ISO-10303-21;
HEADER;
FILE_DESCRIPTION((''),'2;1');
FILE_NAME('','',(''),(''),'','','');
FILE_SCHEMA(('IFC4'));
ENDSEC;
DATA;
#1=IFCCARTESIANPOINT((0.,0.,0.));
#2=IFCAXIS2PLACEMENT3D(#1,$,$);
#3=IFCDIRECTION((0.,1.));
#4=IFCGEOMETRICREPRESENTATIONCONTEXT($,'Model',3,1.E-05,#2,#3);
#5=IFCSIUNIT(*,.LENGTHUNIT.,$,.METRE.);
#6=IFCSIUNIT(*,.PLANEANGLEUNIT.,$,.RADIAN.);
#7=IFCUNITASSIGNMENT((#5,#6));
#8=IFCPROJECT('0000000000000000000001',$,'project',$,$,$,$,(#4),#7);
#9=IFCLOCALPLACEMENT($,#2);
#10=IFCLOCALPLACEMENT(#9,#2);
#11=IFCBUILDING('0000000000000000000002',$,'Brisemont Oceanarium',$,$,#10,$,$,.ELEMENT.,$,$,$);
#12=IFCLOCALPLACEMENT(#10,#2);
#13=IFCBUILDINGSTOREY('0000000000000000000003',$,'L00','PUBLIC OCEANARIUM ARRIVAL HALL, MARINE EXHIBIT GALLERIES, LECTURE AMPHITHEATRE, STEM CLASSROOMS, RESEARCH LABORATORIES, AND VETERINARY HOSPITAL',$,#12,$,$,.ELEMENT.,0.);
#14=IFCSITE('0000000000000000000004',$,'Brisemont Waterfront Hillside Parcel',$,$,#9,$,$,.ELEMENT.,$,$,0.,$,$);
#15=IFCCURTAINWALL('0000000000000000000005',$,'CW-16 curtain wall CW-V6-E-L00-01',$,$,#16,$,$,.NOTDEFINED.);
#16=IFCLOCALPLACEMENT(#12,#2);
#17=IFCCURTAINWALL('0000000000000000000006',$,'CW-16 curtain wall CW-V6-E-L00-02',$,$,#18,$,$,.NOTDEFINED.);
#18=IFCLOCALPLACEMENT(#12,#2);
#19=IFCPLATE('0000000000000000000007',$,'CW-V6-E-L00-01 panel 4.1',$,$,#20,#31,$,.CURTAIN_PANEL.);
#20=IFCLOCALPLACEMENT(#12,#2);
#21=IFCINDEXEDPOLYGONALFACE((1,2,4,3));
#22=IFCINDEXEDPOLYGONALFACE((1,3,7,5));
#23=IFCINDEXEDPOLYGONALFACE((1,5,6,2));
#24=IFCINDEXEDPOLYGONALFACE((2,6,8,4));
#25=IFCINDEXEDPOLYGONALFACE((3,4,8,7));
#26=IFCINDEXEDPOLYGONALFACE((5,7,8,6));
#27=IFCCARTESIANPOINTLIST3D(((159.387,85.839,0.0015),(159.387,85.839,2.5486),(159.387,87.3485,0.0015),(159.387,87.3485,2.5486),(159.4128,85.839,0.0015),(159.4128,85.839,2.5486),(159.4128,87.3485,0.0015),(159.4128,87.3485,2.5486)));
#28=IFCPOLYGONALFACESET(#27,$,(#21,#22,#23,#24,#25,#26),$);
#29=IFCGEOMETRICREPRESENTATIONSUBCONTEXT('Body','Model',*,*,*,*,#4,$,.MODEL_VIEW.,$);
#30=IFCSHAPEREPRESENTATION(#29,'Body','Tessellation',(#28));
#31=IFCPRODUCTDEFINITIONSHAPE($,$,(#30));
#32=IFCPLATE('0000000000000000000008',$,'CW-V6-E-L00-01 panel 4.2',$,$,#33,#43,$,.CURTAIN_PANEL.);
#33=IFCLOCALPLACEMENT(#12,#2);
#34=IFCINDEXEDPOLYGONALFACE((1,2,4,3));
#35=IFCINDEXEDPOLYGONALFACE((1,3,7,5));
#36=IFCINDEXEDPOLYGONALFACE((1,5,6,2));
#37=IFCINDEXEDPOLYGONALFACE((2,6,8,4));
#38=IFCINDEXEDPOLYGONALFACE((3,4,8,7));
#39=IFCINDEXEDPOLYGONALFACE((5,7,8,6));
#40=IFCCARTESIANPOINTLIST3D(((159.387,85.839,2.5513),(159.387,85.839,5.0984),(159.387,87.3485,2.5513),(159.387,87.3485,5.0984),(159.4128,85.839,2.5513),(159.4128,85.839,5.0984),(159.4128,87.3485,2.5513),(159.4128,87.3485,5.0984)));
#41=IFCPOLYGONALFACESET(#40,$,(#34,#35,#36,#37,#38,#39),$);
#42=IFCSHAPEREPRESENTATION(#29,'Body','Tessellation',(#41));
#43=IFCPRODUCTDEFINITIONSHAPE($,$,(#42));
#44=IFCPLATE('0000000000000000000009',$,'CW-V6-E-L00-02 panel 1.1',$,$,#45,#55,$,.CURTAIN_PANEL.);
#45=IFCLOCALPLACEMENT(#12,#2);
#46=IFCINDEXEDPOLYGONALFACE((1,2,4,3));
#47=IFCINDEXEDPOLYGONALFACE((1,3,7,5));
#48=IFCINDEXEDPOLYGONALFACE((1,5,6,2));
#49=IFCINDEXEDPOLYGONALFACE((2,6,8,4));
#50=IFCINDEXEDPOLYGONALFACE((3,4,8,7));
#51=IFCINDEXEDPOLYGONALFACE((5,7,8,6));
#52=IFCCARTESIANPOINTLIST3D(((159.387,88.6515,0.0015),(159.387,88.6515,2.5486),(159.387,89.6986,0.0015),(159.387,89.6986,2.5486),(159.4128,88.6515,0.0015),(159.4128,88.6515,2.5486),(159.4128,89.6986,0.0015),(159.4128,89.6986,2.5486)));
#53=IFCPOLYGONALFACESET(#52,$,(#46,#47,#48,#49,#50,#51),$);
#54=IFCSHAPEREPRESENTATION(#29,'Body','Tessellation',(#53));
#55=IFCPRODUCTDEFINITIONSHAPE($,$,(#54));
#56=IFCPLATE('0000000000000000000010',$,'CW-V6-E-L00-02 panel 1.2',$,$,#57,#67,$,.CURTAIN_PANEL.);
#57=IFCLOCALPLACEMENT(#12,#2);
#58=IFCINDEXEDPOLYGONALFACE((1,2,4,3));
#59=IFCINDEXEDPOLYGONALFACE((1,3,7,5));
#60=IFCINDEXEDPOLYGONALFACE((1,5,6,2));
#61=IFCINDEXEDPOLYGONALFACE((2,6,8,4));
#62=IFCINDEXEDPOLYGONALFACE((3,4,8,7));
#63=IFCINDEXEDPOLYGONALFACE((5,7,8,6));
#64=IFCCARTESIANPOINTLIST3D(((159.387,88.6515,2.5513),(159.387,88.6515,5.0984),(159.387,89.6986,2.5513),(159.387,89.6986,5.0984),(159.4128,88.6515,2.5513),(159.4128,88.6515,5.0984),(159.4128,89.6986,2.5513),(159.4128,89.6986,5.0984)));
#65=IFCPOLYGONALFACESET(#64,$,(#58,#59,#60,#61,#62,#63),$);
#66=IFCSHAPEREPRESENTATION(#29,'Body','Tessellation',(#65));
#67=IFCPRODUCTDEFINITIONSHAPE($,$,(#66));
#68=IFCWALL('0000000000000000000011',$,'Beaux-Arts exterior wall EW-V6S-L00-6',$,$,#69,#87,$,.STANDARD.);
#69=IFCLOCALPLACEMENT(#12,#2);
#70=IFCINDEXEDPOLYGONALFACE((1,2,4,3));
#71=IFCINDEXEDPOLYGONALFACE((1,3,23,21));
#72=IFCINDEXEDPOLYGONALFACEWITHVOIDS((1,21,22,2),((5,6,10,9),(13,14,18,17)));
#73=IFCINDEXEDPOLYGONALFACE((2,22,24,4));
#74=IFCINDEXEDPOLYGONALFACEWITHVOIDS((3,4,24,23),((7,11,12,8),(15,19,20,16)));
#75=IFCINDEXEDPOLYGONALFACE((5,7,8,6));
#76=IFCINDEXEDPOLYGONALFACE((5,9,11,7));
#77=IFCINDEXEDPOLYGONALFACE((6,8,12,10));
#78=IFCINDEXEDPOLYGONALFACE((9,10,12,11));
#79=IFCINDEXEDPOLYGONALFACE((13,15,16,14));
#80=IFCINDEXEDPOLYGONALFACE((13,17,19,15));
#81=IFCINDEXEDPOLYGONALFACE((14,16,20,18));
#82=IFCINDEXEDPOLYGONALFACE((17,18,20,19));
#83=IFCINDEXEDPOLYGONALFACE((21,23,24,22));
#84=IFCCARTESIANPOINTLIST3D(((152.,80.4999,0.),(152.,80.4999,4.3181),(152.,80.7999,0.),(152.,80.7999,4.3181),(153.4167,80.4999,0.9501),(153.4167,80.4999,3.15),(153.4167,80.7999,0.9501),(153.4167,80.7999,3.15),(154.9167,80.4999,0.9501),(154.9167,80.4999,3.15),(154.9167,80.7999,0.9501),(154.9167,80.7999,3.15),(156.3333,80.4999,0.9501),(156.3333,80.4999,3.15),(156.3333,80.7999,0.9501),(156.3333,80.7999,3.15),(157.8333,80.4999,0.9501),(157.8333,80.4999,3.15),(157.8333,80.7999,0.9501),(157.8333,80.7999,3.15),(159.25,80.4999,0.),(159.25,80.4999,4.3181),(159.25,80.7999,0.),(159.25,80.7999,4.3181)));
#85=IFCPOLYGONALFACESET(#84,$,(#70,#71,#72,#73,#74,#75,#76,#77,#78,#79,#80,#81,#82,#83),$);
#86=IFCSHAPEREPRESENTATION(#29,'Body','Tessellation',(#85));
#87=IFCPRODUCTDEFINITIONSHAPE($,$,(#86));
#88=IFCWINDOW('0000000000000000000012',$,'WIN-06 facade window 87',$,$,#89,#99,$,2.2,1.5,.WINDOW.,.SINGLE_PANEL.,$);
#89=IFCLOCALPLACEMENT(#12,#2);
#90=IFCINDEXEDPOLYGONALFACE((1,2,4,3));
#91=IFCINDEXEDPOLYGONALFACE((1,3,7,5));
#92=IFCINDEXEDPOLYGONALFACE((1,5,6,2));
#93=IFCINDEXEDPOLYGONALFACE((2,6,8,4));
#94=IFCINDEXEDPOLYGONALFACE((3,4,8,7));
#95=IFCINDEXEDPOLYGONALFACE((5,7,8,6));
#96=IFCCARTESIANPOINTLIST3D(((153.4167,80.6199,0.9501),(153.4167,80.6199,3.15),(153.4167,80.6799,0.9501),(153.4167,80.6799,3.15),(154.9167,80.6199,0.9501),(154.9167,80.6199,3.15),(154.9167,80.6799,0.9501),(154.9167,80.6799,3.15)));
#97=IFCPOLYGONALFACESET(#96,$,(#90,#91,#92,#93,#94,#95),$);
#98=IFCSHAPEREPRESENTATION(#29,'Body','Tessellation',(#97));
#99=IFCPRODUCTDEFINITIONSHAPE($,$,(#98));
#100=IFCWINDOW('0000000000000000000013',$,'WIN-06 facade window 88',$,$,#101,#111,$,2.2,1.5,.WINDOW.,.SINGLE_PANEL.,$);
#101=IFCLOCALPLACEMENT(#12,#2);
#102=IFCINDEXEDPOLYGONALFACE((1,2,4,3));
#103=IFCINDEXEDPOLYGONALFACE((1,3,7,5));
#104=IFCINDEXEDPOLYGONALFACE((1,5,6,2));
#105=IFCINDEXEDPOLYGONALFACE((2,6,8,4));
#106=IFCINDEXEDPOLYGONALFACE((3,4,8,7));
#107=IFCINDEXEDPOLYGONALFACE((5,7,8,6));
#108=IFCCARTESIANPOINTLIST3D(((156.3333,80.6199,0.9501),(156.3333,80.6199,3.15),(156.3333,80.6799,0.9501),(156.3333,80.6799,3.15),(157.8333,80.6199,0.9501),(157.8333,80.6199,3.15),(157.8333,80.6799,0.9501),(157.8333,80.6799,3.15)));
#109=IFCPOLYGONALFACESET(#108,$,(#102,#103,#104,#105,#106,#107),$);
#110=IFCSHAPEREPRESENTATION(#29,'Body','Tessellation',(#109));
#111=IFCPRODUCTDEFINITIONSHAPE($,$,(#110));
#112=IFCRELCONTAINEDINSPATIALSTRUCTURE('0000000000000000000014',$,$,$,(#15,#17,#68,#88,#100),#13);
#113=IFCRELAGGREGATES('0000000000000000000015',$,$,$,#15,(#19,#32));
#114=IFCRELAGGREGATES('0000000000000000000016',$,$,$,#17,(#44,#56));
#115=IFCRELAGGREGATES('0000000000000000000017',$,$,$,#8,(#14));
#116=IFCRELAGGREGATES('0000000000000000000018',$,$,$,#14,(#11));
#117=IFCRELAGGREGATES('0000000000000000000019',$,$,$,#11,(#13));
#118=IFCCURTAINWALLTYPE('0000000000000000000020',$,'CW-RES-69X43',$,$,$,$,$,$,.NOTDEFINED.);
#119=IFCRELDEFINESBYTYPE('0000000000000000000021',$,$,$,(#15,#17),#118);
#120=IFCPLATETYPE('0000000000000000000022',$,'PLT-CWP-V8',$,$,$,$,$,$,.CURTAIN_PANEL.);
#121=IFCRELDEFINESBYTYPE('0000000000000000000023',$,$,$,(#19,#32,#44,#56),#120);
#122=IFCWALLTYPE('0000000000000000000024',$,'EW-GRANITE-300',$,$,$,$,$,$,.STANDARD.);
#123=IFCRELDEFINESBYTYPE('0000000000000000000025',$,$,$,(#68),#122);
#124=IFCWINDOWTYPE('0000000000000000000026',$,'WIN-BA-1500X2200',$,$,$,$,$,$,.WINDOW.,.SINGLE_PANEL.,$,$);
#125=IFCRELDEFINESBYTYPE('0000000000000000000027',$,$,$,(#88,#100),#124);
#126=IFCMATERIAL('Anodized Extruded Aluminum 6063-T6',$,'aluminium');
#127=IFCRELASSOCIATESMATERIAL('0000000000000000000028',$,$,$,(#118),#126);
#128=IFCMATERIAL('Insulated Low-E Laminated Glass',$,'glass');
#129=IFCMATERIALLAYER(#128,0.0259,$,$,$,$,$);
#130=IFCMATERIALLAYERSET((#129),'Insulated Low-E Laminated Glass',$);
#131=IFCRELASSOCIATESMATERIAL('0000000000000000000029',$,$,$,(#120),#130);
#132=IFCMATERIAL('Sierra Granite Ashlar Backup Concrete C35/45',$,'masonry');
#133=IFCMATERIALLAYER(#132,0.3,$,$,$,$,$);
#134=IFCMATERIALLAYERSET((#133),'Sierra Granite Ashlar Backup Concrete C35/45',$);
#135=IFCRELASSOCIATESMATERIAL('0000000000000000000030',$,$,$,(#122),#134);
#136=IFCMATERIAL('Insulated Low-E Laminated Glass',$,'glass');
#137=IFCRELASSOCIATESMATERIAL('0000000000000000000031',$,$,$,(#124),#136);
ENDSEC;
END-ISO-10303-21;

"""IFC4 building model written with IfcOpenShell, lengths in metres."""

from ifc_helpers import new_model, si_unit, direction, frame, frame_2d, origin, origin_2d, place, context, subcontext, project, spatial, rectangle, extrude, material, layer, layer_set, type_object, element, fill, aggregate, save


model = new_model("IFC4")

# Units and contexts
model_context = context("Model", 3, precision=1e-05, world=origin(), true_north=direction((0.0, 1.0)))
body_context = subcontext(model_context, "Body", "Model", "MODEL_VIEW")
ifc_project = project(units=[si_unit("LENGTHUNIT", "METRE"), si_unit("PLANEANGLEUNIT", "RADIAN")], contexts=[model_context])

# Site, building, storey
site_placement = place(None, origin())
site = spatial("IfcSite", under=ifc_project, at=site_placement, Name="Brisemont Waterfront Hillside Parcel", CompositionType="ELEMENT", RefElevation=0.0)
building_placement = place(site_placement, origin())
building = spatial("IfcBuilding", under=site, at=building_placement, Name="Brisemont Oceanarium", CompositionType="ELEMENT")
storey_placement = place(building_placement, origin())
storey = spatial("IfcBuildingStorey", under=building, at=storey_placement, Name="L00", Description="PUBLIC OCEANARIUM ARRIVAL HALL, MARINE EXHIBIT GALLERIES, LECTURE AMPHITHEATRE, STEM CLASSROOMS, RESEARCH LABORATORIES, AND VETERINARY HOSPITAL", CompositionType="ELEMENT", Elevation=0.0)

# Curtain wall
ifc_material_1 = material(Name="Anodized Extruded Aluminum 6063-T6", Category="aluminium")
curtain_wall_type = type_object("IfcCurtainWallType", Name="CW-RES-69X43", PredefinedType="NOTDEFINED", material=ifc_material_1)
curtain_wall_1_placement = place(storey_placement, origin())
curtain_wall_1 = element("IfcCurtainWall", 1, at=curtain_wall_1_placement, inside=storey, type_object=curtain_wall_type, Name="CW-16 curtain wall CW-V6-E-L00-01", PredefinedType="NOTDEFINED")

# Curtain wall
curtain_wall_2_placement = place(storey_placement, origin())
curtain_wall_2 = element("IfcCurtainWall", 2, at=curtain_wall_2_placement, inside=storey, type_object=curtain_wall_type, Name="CW-16 curtain wall CW-V6-E-L00-02", PredefinedType="NOTDEFINED")

# Plates
ifc_material_2 = material(Name="Insulated Low-E Laminated Glass", Category="glass")
ifc_layer_1 = layer(ifc_material_2, 0.0259)
ifc_layer_set_1 = layer_set([ifc_layer_1], Name="Insulated Low-E Laminated Glass")
plate_type = type_object("IfcPlateType", Name="PLT-CWP-V8", PredefinedType="CURTAIN_PANEL", material=ifc_layer_set_1)
plate_1_placement = place(storey_placement, frame((159.3999, 86.5938, 0.0015), z_axis=(0.0, 0.0, 1.0), x_axis=(0.0, 1.0, 0.0)))
plate_1 = element("IfcPlate", 3, at=plate_1_placement, type_object=plate_type, Name="CW-V6-E-L00-01 panel 4.1", PredefinedType="CURTAIN_PANEL", context=body_context, shape_type="SweptSolid", body=[
    extrude(rectangle(XDim=1.5095, YDim=0.0259, at=origin_2d()), origin(), (0.0, 0.0, 1.0), 2.5471),
])
plate_2_placement = place(storey_placement, frame((159.3999, 86.5938, 2.5513), z_axis=(0.0, 0.0, 1.0), x_axis=(0.0, 1.0, 0.0)))
plate_2 = element("IfcPlate", 4, at=plate_2_placement, type_object=plate_type, Name="CW-V6-E-L00-01 panel 4.2", PredefinedType="CURTAIN_PANEL", context=body_context, shape_type="SweptSolid", body=[
    extrude(rectangle(XDim=1.5095, YDim=0.0259, at=origin_2d()), origin(), (0.0, 0.0, 1.0), 2.5471),
])
aggregate(curtain_wall_1, [plate_1, plate_2])
plate_3_placement = place(storey_placement, frame((159.3999, 89.175, 0.0015), z_axis=(0.0, 0.0, 1.0), x_axis=(0.0, 1.0, 0.0)))
plate_3 = element("IfcPlate", 5, at=plate_3_placement, type_object=plate_type, Name="CW-V6-E-L00-02 panel 1.1", PredefinedType="CURTAIN_PANEL", context=body_context, shape_type="SweptSolid", body=[
    extrude(rectangle(XDim=1.0471, YDim=0.0259, at=origin_2d()), origin(), (0.0, 0.0, 1.0), 2.5471),
])
plate_4_placement = place(storey_placement, frame((159.3999, 89.175, 2.5513), z_axis=(0.0, 0.0, 1.0), x_axis=(0.0, 1.0, 0.0)))
plate_4 = element("IfcPlate", 6, at=plate_4_placement, type_object=plate_type, Name="CW-V6-E-L00-02 panel 1.2", PredefinedType="CURTAIN_PANEL", context=body_context, shape_type="SweptSolid", body=[
    extrude(rectangle(XDim=1.0471, YDim=0.0259, at=origin_2d()), origin(), (0.0, 0.0, 1.0), 2.5471),
])
aggregate(curtain_wall_2, [plate_3, plate_4])

# Wall, openings, windows
ifc_material_3 = material(Name="Sierra Granite Ashlar Backup Concrete C35/45", Category="masonry")
ifc_layer_2 = layer(ifc_material_3, 0.3)
ifc_layer_set_2 = layer_set([ifc_layer_2], Name="Sierra Granite Ashlar Backup Concrete C35/45")
wall_type = type_object("IfcWallType", Name="EW-GRANITE-300", PredefinedType="STANDARD", material=ifc_layer_set_2)
wall_placement = place(storey_placement, frame((152.0, 80.6499, 0.0), z_axis=(0.0, 0.0, 1.0), x_axis=(1.0, 0.0, 0.0)))
wall = element("IfcWall", 7, at=wall_placement, inside=storey, type_object=wall_type, Name="Beaux-Arts exterior wall EW-V6S-L00-6", PredefinedType="STANDARD", context=body_context, shape_type="SweptSolid", body=[
    extrude(rectangle(XDim=7.25, YDim=0.3, at=frame_2d((3.625, 0.0))), origin(), (0.0, 0.0, 1.0), 4.3181),
])
opening_1_placement = place(wall_placement, frame((1.4167, 0.0, 0.95)))
opening_1 = element("IfcOpeningElement", 8, at=opening_1_placement, cuts=wall, PredefinedType="OPENING", context=body_context, shape_type="SweptSolid", body=[
    extrude(rectangle(XDim=1.5, YDim=2.2, at=frame_2d((0.75, 1.1001))), frame((0.0, 0.1599, 0.0), z_axis=(0.0, -1.0, 0.0), x_axis=(1.0, 0.0, 0.0)), (0.0, 0.0, 1.0), 0.3201),
])
opening_2_placement = place(wall_placement, frame((4.3333, 0.0, 0.95)))
opening_2 = element("IfcOpeningElement", 9, at=opening_2_placement, cuts=wall, PredefinedType="OPENING", context=body_context, shape_type="SweptSolid", body=[
    extrude(rectangle(XDim=1.5, YDim=2.2, at=frame_2d((0.75, 1.1001))), frame((0.0, 0.1599, 0.0), z_axis=(0.0, -1.0, 0.0), x_axis=(1.0, 0.0, 0.0)), (0.0, 0.0, 1.0), 0.3201),
])
ifc_material_4 = material(Name="Insulated Low-E Laminated Glass", Category="glass")
window_type = type_object("IfcWindowType", Name="WIN-BA-1500X2200", PartitioningType="SINGLE_PANEL", PredefinedType="WINDOW", material=ifc_material_4)
window_1_placement = place(opening_1_placement, origin())
window_1 = element("IfcWindow", 10, at=window_1_placement, inside=storey, type_object=window_type, Name="WIN-06 facade window 87", OverallHeight=2.2, OverallWidth=1.5, PartitioningType="SINGLE_PANEL", PredefinedType="WINDOW", context=body_context, shape_type="SweptSolid", body=[
    extrude(rectangle(XDim=1.5, YDim=2.2, at=frame_2d((0.75, 1.1001))), frame((0.0, 0.03, 0.0), z_axis=(0.0, -1.0, 0.0), x_axis=(1.0, 0.0, 0.0)), (0.0, 0.0, 1.0), 0.0601),
])
fill(opening_1, window_1)
window_2_placement = place(opening_2_placement, origin())
window_2 = element("IfcWindow", 11, at=window_2_placement, inside=storey, type_object=window_type, Name="WIN-06 facade window 88", OverallHeight=2.2, OverallWidth=1.5, PartitioningType="SINGLE_PANEL", PredefinedType="WINDOW", context=body_context, shape_type="SweptSolid", body=[
    extrude(rectangle(XDim=1.5, YDim=2.2, at=frame_2d((0.75, 1.1001))), frame((0.0, 0.03, 0.0), z_axis=(0.0, -1.0, 0.0), x_axis=(1.0, 0.0, 0.0)), (0.0, 0.0, 1.0), 0.0601),
])
fill(opening_2, window_2)

save(model, "model.ifc")
